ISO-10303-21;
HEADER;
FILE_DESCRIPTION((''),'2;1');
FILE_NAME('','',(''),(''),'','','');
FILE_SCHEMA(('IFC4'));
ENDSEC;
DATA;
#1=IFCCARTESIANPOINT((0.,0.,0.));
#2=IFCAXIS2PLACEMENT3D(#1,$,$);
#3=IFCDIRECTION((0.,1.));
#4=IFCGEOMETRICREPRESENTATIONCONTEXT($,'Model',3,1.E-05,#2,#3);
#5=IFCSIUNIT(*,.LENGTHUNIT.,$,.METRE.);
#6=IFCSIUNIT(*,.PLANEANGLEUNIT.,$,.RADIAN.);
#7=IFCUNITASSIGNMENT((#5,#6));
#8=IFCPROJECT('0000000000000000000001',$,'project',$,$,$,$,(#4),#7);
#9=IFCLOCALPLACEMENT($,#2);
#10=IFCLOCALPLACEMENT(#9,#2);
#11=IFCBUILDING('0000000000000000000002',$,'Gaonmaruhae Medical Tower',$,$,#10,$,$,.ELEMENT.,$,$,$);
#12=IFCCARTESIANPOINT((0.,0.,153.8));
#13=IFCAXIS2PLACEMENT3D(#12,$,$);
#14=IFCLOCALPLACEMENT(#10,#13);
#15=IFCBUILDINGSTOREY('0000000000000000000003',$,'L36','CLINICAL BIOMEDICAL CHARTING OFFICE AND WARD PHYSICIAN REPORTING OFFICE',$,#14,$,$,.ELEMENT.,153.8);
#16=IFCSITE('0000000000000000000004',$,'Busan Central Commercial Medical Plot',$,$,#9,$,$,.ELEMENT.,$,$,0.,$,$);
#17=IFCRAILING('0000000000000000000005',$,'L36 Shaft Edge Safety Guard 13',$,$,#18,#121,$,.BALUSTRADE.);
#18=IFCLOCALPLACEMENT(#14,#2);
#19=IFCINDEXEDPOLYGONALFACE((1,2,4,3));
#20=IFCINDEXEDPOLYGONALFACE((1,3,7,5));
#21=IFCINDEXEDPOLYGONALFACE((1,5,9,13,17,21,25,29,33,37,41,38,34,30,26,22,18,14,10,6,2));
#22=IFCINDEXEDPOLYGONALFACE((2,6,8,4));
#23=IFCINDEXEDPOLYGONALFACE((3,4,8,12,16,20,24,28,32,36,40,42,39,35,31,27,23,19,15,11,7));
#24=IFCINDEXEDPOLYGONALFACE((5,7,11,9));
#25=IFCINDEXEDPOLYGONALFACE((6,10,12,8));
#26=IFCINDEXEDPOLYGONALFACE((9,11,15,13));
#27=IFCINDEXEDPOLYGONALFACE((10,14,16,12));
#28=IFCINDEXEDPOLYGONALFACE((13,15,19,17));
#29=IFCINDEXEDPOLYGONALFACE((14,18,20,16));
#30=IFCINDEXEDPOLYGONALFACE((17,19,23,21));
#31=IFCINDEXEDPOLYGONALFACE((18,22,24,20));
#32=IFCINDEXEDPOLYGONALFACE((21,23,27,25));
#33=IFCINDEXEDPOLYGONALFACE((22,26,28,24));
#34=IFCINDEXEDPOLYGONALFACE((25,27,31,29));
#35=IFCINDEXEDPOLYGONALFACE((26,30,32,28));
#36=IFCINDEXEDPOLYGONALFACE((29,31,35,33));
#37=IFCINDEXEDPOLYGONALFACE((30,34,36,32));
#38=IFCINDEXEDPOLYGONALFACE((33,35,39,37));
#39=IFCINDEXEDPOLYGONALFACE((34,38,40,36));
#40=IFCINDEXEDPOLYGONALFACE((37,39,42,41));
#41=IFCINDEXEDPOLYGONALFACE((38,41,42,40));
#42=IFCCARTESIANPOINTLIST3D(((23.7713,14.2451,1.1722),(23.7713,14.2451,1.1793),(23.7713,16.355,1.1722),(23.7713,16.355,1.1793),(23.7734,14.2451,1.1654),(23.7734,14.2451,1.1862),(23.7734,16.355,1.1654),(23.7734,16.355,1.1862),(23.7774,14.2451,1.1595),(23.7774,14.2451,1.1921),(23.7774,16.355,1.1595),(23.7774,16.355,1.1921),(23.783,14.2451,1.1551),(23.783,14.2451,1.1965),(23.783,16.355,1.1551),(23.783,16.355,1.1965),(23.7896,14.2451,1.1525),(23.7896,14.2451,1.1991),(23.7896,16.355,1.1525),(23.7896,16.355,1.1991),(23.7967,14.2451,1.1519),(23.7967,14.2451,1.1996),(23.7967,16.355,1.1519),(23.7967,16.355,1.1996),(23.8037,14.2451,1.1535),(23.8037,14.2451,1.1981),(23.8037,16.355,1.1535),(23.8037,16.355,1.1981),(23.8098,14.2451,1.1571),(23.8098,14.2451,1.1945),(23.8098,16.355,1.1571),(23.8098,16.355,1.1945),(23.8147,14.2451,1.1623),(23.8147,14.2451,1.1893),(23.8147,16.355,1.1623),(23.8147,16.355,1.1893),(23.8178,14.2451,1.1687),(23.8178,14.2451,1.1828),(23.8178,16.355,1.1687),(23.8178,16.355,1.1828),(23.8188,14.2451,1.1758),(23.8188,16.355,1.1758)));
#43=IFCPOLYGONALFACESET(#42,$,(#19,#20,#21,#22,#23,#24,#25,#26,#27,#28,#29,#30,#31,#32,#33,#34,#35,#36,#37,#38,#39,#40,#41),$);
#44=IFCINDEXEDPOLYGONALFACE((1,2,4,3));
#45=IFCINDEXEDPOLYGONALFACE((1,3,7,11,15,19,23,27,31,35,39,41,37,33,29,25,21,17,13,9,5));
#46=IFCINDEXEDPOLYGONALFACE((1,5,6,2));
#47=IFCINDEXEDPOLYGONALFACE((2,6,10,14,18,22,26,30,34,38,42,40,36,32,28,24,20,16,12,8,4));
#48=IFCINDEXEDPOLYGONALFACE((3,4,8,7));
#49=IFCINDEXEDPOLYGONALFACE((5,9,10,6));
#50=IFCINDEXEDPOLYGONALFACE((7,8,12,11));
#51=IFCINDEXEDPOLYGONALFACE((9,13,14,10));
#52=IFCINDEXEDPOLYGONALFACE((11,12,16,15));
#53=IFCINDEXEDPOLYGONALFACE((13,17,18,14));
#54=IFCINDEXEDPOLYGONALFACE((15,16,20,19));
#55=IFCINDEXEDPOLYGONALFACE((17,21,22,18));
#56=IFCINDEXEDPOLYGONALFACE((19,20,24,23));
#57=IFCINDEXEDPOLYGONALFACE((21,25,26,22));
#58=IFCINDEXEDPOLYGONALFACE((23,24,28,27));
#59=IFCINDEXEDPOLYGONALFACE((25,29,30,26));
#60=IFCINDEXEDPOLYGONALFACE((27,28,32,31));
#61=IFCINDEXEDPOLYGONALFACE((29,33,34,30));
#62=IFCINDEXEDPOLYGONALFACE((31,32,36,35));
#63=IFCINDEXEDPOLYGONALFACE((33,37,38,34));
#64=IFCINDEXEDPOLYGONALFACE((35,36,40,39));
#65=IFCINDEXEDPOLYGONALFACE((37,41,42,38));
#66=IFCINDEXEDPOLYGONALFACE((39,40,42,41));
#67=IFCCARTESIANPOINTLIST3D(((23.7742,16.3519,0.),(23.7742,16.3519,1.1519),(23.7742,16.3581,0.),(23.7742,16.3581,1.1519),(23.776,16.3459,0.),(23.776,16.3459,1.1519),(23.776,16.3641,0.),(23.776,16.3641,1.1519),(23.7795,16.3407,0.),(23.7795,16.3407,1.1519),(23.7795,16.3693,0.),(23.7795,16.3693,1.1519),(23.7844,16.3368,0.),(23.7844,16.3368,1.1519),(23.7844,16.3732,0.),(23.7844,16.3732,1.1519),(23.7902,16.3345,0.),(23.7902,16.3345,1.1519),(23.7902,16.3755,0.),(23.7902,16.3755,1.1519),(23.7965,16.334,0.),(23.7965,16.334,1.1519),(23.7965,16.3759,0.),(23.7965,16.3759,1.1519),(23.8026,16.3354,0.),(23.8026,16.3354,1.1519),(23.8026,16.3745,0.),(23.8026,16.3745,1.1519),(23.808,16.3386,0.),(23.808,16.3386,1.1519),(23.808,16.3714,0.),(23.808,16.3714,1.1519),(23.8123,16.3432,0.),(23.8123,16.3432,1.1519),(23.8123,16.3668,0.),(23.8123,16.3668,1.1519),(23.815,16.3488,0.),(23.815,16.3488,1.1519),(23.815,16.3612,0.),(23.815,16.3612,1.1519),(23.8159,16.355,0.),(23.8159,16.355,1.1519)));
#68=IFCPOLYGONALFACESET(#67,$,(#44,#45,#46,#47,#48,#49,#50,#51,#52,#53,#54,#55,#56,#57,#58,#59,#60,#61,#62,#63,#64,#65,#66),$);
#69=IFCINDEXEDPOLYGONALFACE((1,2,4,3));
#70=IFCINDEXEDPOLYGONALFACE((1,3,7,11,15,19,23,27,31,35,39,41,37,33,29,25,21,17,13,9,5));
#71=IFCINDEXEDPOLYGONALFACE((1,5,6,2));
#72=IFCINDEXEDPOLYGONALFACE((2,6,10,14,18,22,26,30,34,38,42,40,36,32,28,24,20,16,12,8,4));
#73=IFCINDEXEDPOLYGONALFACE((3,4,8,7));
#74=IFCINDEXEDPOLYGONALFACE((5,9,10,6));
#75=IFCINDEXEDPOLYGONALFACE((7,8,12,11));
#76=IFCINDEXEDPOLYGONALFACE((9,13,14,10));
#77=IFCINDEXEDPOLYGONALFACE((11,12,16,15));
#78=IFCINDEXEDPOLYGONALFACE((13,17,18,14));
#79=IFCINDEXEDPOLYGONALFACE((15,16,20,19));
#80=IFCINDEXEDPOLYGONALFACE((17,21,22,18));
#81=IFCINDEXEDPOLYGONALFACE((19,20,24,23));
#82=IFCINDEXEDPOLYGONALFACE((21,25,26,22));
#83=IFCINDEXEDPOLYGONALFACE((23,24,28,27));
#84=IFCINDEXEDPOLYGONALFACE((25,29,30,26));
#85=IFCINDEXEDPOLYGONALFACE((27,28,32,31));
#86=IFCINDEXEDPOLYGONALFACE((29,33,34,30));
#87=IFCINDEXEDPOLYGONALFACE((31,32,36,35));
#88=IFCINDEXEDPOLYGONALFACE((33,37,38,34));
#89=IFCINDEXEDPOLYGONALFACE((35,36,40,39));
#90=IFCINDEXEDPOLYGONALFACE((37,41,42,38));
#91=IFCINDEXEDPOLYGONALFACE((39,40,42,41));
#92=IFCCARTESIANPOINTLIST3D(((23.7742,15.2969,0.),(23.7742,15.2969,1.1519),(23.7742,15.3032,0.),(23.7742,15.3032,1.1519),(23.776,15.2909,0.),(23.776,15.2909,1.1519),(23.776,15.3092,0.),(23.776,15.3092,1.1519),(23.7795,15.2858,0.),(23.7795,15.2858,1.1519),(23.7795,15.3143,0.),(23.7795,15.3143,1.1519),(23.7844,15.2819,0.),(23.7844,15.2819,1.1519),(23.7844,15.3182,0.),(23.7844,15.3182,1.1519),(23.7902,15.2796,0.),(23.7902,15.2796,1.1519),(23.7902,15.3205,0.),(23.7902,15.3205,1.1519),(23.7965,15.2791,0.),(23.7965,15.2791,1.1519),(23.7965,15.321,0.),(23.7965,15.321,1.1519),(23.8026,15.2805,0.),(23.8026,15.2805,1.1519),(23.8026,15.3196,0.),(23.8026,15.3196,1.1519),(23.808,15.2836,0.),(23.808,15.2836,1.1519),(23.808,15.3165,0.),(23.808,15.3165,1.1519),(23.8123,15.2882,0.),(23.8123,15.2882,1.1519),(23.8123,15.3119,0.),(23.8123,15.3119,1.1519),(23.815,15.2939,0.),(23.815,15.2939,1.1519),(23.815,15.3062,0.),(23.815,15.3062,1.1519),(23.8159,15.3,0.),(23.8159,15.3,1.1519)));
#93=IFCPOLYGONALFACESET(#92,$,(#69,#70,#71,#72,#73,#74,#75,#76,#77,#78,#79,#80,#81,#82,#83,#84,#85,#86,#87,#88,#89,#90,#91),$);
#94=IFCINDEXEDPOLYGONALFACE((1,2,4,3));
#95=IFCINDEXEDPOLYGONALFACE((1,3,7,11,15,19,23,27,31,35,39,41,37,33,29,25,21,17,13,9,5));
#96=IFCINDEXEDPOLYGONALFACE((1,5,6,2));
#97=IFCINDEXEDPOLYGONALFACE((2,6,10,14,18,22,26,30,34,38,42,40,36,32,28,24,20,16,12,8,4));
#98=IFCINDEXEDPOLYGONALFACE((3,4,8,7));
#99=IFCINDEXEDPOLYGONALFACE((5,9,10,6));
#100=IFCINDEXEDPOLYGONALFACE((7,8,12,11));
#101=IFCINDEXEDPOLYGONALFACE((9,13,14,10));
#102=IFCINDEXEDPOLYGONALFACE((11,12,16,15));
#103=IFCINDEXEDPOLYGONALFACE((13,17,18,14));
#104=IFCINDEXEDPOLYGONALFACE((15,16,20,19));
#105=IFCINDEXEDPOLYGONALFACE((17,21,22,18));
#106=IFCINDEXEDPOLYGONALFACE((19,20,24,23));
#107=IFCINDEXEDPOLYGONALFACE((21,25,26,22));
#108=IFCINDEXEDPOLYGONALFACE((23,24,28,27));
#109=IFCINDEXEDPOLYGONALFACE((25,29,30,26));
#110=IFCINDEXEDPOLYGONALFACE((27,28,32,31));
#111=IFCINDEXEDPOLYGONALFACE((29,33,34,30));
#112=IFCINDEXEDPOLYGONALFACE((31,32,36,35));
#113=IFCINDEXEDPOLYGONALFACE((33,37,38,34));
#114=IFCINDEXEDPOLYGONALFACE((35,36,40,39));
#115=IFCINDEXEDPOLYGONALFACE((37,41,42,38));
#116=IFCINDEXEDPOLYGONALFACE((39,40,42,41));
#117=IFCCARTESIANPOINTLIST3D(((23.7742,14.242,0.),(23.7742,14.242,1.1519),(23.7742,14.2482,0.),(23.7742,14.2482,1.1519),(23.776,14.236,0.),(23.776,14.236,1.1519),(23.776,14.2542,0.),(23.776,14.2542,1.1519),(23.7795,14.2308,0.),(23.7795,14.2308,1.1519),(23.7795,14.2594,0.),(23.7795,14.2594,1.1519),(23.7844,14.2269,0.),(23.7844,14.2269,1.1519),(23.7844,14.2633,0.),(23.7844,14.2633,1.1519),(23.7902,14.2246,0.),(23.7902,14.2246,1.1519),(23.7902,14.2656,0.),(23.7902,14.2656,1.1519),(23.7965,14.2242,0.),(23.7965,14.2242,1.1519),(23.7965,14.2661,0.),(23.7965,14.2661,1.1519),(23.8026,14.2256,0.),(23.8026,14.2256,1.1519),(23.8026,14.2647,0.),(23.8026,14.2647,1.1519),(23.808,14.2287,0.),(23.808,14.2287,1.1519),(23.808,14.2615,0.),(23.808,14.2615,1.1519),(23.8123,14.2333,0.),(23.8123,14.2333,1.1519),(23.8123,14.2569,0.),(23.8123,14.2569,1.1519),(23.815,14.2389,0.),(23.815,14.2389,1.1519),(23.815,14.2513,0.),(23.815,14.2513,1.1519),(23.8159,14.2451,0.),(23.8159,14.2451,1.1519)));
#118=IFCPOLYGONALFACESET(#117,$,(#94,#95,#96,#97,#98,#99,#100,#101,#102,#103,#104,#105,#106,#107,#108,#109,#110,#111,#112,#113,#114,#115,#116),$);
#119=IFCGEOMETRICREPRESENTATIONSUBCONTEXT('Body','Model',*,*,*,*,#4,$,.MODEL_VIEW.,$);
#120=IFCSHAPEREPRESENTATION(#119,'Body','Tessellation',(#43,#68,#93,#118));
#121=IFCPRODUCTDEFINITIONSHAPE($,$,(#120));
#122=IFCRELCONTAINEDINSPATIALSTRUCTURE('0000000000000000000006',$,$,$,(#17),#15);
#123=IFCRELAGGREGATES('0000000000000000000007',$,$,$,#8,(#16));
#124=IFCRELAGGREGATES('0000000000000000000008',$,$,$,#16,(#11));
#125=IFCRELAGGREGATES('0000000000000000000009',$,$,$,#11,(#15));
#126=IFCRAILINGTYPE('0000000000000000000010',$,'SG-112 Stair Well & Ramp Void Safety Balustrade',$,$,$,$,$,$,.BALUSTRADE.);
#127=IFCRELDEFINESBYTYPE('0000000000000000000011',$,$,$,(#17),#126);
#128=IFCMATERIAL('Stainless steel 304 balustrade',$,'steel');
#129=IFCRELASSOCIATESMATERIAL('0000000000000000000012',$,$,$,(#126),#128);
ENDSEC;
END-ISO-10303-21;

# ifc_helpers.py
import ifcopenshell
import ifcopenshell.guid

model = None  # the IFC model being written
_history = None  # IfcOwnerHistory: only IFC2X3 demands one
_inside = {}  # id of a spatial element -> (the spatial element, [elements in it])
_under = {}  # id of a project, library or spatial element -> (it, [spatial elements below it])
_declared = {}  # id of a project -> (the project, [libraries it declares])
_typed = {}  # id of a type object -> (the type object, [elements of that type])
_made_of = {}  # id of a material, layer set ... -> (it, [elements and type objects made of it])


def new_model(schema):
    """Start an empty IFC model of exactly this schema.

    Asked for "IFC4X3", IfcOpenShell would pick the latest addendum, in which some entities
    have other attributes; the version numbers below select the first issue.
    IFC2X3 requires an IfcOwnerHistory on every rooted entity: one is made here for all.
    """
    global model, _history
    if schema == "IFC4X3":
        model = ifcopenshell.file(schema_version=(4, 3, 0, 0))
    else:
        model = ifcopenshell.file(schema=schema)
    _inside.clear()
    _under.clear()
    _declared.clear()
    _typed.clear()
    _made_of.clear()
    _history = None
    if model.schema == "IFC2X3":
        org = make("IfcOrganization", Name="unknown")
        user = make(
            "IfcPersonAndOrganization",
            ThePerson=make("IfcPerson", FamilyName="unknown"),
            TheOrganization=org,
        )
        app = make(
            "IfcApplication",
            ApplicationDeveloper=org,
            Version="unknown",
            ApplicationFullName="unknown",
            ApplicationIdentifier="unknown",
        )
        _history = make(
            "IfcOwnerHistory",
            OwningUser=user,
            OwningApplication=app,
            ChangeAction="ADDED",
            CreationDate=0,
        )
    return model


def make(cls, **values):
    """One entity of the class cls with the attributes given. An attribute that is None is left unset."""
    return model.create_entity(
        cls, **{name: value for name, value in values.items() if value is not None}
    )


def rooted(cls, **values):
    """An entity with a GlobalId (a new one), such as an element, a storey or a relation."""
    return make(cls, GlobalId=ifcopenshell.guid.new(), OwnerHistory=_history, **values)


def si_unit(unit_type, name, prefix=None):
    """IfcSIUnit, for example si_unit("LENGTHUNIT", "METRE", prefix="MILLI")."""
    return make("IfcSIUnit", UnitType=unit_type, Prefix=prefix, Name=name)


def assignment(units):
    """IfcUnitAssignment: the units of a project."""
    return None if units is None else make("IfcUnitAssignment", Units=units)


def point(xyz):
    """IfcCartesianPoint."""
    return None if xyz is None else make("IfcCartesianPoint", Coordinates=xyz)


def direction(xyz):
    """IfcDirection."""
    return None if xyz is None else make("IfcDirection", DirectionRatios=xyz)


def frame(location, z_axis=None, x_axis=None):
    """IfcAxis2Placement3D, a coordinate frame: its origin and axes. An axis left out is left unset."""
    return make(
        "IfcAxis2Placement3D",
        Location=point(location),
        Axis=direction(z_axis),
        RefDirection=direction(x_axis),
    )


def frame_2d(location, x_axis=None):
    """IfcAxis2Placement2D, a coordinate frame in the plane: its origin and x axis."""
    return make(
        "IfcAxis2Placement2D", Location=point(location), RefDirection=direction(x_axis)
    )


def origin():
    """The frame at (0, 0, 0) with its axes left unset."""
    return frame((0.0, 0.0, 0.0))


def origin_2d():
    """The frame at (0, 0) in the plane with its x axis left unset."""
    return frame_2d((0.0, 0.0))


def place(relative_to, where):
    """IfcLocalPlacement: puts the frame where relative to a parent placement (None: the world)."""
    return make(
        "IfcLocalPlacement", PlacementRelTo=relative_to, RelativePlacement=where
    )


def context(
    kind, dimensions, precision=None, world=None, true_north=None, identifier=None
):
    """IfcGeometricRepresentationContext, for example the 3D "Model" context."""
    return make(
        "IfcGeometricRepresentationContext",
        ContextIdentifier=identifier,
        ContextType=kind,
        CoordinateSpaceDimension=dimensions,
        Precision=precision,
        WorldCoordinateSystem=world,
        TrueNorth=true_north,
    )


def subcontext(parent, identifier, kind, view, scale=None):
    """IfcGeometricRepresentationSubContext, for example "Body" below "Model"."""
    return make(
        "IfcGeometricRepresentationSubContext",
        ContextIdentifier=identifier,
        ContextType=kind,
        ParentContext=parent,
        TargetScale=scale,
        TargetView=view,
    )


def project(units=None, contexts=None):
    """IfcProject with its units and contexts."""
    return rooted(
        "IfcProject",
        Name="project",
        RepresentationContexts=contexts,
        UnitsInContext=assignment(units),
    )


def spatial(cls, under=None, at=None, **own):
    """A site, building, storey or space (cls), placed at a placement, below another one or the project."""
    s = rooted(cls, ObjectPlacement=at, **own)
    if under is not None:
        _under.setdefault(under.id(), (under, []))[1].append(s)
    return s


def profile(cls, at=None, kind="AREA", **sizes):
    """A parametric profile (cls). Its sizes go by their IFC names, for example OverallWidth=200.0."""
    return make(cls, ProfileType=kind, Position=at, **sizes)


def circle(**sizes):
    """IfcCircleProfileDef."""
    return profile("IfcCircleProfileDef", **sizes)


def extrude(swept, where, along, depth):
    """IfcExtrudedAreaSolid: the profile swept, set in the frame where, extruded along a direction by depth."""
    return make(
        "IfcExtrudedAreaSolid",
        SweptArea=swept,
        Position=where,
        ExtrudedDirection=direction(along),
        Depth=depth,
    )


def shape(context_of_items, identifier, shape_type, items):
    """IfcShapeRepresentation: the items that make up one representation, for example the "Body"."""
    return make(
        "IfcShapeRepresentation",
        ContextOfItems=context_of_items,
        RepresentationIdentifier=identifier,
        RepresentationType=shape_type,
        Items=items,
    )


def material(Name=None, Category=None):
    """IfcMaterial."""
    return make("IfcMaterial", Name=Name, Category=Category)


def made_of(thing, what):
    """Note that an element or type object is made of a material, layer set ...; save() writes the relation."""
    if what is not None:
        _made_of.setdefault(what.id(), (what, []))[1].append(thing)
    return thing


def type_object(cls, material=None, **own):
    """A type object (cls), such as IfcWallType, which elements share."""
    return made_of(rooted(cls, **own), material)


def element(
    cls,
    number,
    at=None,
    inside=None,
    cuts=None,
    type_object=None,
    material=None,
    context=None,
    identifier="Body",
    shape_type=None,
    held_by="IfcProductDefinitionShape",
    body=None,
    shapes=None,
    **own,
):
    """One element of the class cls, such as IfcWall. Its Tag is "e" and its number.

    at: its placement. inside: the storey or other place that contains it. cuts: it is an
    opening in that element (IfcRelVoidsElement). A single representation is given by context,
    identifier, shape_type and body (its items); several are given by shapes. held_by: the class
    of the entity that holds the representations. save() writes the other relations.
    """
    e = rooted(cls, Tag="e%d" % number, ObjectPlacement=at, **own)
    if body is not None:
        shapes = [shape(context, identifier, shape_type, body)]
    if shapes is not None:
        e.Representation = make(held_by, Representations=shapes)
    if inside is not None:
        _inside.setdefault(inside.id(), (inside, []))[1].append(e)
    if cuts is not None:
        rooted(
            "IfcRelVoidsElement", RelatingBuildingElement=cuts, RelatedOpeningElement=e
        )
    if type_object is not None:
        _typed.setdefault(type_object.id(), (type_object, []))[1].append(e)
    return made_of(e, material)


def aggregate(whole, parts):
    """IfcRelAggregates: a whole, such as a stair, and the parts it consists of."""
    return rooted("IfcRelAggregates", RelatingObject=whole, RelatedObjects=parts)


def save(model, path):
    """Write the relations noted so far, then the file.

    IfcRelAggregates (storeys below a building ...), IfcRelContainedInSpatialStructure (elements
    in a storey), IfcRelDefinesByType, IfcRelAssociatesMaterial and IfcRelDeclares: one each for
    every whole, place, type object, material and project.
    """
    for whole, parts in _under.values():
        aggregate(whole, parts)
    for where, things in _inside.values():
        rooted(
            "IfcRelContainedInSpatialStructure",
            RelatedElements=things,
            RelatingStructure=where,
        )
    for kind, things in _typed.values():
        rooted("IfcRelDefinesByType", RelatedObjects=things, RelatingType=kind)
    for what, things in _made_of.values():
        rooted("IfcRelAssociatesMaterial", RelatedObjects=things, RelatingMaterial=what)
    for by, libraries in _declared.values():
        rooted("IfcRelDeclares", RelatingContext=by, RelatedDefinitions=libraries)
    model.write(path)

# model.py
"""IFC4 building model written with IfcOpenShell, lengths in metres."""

from ifc_helpers import new_model, si_unit, direction, frame, origin, origin_2d, place, context, subcontext, project, spatial, circle, extrude, material, type_object, element, save


model = new_model("IFC4")

# Units and contexts
model_context = context("Model", 3, precision=1e-05, world=origin(), true_north=direction((0.0, 1.0)))
body_context = subcontext(model_context, "Body", "Model", "MODEL_VIEW")
ifc_project = project(units=[si_unit("LENGTHUNIT", "METRE"), si_unit("PLANEANGLEUNIT", "RADIAN")], contexts=[model_context])

# Site, building, storey
site_placement = place(None, origin())
site = spatial("IfcSite", under=ifc_project, at=site_placement, Name="Busan Central Commercial Medical Plot", CompositionType="ELEMENT", RefElevation=0.0)
building_placement = place(site_placement, origin())
building = spatial("IfcBuilding", under=site, at=building_placement, Name="Gaonmaruhae Medical Tower", CompositionType="ELEMENT")
storey_placement = place(building_placement, frame((0.0, 0.0, 153.8)))
storey = spatial("IfcBuildingStorey", under=building, at=storey_placement, Name="L36", Description="CLINICAL BIOMEDICAL CHARTING OFFICE AND WARD PHYSICIAN REPORTING OFFICE", CompositionType="ELEMENT", Elevation=153.8)

# Railing
ifc_material_1 = material(Name="Stainless steel 304 balustrade", Category="steel")
railing_type_1 = type_object("IfcRailingType", Name="SG-112 Stair Well & Ramp Void Safety Balustrade", PredefinedType="BALUSTRADE", material=ifc_material_1)
railing_1_placement = place(storey_placement, frame((23.7949, 16.355, 0.0)))
element("IfcRailing", 1, at=railing_1_placement, inside=storey, type_object=railing_type_1, Name="L36 Shaft Edge Safety Guard 13", PredefinedType="BALUSTRADE", context=body_context, shape_type="SweptSolid", body=[
    extrude(circle(Radius=0.0239, at=origin_2d()), frame((0.0, 0.0, 1.1758), z_axis=(0.0, -1.0, 0.0), x_axis=(1.0, 0.0, 0.0)), (0.0, 0.0, 1.0), 2.1099),
    extrude(circle(Radius=0.021, at=origin_2d()), origin(), (0.0, 0.0, 1.0), 1.1519),
    extrude(circle(Radius=0.021, at=origin_2d()), frame((0.0, -1.0549, 0.0)), (0.0, 0.0, 1.0), 1.1519),
    extrude(circle(Radius=0.021, at=origin_2d()), frame((0.0, -2.1099, 0.0)), (0.0, 0.0, 1.0), 1.1519),
])

save(model, "model.ifc")
